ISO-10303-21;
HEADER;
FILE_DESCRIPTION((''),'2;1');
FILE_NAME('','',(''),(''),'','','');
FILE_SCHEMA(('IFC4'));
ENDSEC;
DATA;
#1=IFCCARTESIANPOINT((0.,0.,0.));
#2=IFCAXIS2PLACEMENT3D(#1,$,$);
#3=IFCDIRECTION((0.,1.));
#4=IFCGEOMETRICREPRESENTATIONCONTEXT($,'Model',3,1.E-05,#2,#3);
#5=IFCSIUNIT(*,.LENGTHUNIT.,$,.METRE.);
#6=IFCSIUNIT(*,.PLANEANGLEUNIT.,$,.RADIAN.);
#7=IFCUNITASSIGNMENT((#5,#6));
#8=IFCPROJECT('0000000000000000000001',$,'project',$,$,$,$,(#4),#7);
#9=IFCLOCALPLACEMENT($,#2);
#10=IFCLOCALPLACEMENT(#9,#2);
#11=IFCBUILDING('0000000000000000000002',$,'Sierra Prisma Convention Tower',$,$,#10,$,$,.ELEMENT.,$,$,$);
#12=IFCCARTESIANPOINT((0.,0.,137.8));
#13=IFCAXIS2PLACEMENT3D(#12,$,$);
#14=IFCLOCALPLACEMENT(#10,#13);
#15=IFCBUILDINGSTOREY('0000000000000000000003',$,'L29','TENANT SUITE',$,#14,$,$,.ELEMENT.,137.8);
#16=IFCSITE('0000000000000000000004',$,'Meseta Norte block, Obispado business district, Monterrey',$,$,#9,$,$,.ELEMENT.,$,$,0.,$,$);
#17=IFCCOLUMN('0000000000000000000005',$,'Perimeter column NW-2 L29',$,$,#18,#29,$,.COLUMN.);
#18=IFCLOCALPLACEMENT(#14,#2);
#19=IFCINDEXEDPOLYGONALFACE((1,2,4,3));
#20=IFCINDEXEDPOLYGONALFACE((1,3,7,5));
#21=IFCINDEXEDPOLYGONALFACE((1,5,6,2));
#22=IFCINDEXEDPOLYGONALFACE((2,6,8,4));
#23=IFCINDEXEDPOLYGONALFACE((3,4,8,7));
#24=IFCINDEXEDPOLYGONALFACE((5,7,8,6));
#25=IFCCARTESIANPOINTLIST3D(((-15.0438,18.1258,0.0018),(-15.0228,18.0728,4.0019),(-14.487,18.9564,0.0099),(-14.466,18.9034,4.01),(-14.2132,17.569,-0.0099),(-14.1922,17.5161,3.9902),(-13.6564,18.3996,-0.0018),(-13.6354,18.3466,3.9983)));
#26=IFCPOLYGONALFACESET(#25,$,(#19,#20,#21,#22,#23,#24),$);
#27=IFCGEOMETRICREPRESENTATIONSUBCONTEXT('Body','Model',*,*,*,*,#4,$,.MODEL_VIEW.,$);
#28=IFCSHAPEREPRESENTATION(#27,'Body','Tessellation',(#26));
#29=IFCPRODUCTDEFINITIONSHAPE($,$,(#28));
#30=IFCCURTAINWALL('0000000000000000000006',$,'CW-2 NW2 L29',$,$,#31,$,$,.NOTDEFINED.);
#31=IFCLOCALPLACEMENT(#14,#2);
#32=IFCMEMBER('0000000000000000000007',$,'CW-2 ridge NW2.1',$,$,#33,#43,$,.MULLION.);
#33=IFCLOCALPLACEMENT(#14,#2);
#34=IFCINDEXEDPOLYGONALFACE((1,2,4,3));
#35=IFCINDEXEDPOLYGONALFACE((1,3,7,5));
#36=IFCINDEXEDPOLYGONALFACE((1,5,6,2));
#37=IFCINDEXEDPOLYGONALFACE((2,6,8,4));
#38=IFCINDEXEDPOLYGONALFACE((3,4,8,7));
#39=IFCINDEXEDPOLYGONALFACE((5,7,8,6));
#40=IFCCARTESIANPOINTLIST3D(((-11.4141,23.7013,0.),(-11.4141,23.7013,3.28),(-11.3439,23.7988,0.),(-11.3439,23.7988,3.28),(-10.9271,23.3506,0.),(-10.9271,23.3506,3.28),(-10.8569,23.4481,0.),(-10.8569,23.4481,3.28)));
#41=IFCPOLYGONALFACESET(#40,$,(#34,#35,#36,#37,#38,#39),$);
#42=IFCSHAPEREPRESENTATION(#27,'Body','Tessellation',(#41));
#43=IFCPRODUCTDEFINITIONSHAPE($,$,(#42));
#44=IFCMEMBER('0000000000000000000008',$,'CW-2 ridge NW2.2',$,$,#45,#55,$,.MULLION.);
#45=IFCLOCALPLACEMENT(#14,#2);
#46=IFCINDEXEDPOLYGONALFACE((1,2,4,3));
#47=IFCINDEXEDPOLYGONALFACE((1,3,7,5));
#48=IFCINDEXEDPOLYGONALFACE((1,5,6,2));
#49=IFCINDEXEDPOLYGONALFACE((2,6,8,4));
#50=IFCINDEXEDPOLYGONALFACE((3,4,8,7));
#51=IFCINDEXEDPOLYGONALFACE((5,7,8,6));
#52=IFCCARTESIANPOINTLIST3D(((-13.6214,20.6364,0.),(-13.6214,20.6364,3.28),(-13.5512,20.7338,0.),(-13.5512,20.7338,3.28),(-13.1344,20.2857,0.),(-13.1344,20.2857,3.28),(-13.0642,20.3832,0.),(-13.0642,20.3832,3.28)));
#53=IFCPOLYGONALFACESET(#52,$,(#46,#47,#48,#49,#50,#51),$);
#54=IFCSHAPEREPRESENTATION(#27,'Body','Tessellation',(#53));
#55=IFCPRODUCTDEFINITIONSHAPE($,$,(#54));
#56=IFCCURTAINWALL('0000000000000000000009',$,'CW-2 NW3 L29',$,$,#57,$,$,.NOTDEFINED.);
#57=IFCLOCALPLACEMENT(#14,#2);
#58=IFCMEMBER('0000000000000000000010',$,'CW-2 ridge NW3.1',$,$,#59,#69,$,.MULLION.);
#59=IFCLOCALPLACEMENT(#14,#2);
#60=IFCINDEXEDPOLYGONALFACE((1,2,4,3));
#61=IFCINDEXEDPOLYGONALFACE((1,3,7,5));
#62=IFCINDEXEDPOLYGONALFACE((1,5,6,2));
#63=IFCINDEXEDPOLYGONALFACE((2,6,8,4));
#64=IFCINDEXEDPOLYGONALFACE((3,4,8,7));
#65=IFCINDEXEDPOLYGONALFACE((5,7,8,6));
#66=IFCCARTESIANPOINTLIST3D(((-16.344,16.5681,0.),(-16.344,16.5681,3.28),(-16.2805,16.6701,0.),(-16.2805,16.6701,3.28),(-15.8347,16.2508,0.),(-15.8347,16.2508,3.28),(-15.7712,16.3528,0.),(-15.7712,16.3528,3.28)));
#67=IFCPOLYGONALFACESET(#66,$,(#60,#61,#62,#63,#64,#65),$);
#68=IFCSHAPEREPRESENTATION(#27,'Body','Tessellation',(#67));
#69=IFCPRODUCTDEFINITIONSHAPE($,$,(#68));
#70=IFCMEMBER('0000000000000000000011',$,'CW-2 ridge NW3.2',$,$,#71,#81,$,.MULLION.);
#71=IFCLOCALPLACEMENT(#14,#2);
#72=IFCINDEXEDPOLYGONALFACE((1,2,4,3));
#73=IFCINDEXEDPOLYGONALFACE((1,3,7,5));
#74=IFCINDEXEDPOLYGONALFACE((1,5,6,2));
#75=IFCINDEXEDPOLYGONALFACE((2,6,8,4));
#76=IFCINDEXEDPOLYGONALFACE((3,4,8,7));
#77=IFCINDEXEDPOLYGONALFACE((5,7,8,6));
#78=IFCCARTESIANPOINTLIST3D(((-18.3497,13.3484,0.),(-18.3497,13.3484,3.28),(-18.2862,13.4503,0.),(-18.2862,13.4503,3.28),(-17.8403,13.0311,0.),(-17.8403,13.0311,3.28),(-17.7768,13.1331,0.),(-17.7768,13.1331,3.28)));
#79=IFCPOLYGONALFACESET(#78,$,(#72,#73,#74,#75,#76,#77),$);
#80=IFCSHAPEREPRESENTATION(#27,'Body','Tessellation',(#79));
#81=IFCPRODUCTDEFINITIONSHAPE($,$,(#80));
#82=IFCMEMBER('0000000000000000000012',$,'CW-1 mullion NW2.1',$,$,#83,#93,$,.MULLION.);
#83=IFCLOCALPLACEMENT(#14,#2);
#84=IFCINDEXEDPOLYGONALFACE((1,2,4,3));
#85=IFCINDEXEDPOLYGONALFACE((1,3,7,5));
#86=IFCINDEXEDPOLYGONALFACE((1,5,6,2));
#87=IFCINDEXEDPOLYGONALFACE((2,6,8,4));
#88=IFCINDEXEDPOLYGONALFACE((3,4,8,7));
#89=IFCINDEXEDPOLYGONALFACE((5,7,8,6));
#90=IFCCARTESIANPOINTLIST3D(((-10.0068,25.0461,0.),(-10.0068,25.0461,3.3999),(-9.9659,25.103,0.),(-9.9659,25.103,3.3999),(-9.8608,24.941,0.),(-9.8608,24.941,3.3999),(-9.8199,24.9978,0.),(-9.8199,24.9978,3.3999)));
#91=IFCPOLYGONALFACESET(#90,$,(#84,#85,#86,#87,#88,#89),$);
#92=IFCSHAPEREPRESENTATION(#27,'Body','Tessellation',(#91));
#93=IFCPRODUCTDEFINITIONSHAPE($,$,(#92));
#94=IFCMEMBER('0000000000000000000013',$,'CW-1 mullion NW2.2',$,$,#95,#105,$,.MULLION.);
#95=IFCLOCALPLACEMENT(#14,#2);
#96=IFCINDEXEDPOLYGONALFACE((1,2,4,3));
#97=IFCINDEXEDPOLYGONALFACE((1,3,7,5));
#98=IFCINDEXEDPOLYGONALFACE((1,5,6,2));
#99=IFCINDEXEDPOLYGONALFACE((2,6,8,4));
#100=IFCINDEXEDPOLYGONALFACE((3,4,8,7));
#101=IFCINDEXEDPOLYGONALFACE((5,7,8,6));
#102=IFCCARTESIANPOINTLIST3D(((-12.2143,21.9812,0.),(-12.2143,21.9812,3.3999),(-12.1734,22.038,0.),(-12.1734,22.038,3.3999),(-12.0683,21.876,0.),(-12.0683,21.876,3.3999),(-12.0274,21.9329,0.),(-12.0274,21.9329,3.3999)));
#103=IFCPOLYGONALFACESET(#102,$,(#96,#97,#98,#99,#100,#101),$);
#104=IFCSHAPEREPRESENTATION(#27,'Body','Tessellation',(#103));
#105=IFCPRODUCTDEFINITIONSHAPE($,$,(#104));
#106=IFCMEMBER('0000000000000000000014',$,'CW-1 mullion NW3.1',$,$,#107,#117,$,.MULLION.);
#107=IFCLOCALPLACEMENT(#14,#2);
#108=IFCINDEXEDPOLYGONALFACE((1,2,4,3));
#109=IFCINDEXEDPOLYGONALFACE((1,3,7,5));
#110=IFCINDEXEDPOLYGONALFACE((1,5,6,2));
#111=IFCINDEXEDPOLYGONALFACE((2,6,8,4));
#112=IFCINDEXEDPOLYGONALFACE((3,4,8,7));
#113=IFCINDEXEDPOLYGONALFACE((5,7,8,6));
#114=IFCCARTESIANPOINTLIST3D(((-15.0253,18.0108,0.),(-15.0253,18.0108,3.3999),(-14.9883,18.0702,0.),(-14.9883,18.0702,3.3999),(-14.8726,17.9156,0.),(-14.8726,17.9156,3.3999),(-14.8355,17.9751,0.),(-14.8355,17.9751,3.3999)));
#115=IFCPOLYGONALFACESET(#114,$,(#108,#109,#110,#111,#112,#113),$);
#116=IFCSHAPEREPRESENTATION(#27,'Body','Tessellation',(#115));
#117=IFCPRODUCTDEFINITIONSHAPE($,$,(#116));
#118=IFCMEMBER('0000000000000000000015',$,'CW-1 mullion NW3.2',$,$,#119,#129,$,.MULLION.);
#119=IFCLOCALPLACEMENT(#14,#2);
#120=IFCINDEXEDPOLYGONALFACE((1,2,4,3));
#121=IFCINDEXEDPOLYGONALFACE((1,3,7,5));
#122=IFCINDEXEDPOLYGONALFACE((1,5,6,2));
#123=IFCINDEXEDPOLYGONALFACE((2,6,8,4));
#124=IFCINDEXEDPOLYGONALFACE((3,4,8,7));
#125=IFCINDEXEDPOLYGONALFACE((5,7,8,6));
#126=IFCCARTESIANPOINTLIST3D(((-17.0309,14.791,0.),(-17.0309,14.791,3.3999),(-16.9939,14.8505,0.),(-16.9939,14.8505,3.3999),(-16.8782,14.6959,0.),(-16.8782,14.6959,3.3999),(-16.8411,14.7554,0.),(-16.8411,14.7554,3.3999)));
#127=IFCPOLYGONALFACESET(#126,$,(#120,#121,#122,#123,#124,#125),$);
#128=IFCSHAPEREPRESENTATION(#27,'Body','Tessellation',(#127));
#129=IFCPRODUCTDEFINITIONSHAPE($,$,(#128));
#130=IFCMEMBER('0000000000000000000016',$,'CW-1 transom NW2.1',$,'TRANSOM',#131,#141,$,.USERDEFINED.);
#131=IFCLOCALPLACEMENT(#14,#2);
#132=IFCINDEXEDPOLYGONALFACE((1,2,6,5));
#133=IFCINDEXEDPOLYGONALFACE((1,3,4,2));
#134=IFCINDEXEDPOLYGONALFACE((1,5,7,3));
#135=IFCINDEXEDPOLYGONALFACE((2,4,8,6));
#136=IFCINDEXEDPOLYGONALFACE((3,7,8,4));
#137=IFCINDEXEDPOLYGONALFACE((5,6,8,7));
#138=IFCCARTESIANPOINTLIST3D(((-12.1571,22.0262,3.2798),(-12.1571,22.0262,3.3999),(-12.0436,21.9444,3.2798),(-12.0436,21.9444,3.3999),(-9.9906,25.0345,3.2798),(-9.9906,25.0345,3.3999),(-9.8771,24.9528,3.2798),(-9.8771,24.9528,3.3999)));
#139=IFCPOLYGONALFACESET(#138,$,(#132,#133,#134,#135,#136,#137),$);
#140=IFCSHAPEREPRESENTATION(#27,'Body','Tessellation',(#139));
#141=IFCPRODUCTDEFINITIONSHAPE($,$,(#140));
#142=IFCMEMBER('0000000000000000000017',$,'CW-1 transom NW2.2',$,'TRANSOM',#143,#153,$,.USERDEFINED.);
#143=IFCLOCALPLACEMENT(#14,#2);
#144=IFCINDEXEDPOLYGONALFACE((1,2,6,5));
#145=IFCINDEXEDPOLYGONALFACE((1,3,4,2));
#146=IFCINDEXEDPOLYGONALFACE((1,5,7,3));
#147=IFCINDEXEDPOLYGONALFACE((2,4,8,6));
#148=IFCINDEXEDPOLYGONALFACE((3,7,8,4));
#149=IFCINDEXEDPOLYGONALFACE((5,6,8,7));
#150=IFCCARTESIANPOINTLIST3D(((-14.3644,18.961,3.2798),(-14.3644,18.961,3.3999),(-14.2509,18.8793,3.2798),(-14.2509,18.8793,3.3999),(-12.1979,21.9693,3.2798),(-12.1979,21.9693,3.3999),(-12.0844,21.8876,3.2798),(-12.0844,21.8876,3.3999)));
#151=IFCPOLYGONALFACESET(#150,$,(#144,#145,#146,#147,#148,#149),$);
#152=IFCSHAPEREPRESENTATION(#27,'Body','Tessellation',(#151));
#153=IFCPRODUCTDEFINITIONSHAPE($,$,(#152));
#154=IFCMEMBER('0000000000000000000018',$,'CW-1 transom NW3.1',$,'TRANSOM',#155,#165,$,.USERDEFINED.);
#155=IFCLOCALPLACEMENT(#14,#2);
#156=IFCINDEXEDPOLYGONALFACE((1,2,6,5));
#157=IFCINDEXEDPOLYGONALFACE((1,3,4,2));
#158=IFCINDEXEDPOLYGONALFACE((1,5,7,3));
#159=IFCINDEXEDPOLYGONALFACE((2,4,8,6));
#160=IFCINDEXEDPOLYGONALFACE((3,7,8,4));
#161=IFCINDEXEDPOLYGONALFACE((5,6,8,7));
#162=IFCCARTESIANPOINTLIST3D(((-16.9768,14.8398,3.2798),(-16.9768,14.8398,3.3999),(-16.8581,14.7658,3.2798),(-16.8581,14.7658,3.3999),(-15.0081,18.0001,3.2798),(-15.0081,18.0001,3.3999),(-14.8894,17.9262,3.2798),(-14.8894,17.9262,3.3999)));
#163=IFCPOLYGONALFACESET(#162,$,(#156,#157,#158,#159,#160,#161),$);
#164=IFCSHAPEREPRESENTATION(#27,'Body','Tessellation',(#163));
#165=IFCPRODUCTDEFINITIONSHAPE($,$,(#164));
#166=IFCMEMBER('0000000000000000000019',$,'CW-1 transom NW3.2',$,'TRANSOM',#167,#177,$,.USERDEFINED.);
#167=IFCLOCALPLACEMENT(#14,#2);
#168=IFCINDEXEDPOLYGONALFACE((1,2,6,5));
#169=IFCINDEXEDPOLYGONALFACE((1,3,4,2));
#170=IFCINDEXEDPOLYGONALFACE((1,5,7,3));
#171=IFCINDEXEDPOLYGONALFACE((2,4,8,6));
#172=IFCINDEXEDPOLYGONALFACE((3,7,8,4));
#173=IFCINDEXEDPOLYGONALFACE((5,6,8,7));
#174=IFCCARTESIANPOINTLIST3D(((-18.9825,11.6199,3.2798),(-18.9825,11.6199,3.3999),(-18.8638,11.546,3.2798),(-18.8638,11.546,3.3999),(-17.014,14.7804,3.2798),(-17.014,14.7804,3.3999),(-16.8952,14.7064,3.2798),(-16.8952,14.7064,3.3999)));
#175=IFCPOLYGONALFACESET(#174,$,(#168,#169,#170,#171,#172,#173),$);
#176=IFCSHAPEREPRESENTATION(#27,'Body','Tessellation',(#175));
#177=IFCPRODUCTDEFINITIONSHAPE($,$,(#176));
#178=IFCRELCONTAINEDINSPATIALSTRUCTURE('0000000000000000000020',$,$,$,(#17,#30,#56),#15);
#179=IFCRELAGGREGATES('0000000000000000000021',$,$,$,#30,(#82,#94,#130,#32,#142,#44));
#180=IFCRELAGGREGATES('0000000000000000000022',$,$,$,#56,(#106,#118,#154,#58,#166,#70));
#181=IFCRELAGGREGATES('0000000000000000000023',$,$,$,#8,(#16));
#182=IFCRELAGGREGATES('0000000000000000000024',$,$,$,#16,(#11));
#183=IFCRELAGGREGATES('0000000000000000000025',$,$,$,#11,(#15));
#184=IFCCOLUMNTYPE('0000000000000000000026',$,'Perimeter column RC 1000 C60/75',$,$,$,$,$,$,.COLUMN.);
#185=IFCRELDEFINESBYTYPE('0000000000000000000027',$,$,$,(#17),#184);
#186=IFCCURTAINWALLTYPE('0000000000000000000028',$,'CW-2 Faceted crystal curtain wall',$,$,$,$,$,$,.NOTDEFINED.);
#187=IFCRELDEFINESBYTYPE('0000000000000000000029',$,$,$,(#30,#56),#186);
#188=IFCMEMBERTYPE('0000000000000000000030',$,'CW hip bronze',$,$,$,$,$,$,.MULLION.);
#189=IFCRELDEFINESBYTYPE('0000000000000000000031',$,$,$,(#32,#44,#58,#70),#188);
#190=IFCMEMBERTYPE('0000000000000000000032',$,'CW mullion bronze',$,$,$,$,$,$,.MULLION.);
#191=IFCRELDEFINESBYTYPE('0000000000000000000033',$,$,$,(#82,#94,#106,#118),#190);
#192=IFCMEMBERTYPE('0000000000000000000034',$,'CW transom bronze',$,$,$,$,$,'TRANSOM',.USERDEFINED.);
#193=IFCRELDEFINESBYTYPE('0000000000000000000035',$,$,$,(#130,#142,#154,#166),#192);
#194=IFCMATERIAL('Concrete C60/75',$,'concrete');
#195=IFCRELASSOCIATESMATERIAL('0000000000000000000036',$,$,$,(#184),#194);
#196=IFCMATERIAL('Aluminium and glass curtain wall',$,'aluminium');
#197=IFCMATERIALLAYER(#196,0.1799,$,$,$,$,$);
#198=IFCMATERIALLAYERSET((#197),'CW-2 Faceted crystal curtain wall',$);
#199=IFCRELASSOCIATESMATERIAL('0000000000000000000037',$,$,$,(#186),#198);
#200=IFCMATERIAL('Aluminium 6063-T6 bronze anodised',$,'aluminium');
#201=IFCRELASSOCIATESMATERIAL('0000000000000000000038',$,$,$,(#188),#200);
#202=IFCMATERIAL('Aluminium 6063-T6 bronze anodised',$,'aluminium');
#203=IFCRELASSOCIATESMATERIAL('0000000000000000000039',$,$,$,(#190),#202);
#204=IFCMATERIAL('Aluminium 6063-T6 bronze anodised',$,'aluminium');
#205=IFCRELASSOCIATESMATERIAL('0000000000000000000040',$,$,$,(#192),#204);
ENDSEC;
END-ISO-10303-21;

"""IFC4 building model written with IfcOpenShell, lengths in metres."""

from ifc_helpers import new_model, si_unit, direction, frame, origin, origin_2d, place, context, subcontext, project, spatial, rectangle, extrude, material, layer, layer_set, material_profile, profile_set, type_object, element, aggregate, save


model = new_model("IFC4")

# Units and contexts
model_context = context("Model", 3, precision=1e-05, world=origin(), true_north=direction((0.0, 1.0)))
body_context = subcontext(model_context, "Body", "Model", "MODEL_VIEW")
ifc_project = project(units=[si_unit("LENGTHUNIT", "METRE"), si_unit("PLANEANGLEUNIT", "RADIAN")], contexts=[model_context])

# Site, building, storey
site_placement = place(None, origin())
site = spatial("IfcSite", under=ifc_project, at=site_placement, Name="Meseta Norte block, Obispado business district, Monterrey", CompositionType="ELEMENT", RefElevation=0.0)
building_placement = place(site_placement, origin())
building = spatial("IfcBuilding", under=site, at=building_placement, Name="Sierra Prisma Convention Tower", CompositionType="ELEMENT")
storey_placement = place(building_placement, frame((0.0, 0.0, 137.8)))
storey = spatial("IfcBuildingStorey", under=building, at=storey_placement, Name="L29", Description="TENANT SUITE", CompositionType="ELEMENT", Elevation=137.8)

# Column
ifc_material_1 = material(Name="Concrete C60/75", Category="concrete")
ifc_material_profile_1 = material_profile(ifc_material_1, rectangle(XDim=1.0, YDim=1.0, at=origin_2d()), Name="Perimeter column RC 1000 C60/75")
ifc_profile_set_1 = profile_set([ifc_material_profile_1], Name="Concrete C60/75")
column_type = type_object("IfcColumnType", Name="Perimeter column RC 1000 C60/75", PredefinedType="COLUMN", material=ifc_profile_set_1)
column_placement = place(storey_placement, frame((-14.3501, 18.2627, 0.0), z_axis=(0.005248, -0.013243, 0.999899), x_axis=(0.556866, 0.830563, 0.008077)))
element("IfcColumn", 1, at=column_placement, inside=storey, type_object=column_type, Name="Perimeter column NW-2 L29", PredefinedType="COLUMN", context=body_context, shape_type="SweptSolid", body=[
    extrude(rectangle(XDim=1.0, YDim=1.0, at=origin_2d()), origin(), (0.0, 0.0, 1.0), 4.0005),
])

# Curtain walls, members
ifc_material_2 = material(Name="Aluminium and glass curtain wall", Category="aluminium")
ifc_layer_1 = layer(ifc_material_2, 0.1799)
ifc_layer_set_1 = layer_set([ifc_layer_1], Name="CW-2 Faceted crystal curtain wall")
curtain_wall_type = type_object("IfcCurtainWallType", Name="CW-2 Faceted crystal curtain wall", PredefinedType="NOTDEFINED", material=ifc_layer_set_1)
curtain_wall_1_placement = place(storey_placement, origin())
curtain_wall_1 = element("IfcCurtainWall", 2, at=curtain_wall_1_placement, inside=storey, type_object=curtain_wall_type, Name="CW-2 NW2 L29", PredefinedType="NOTDEFINED")
ifc_material_3 = material(Name="Aluminium 6063-T6 bronze anodised", Category="aluminium")
ifc_material_profile_2 = material_profile(ifc_material_3, rectangle(XDim=0.1201, YDim=0.6001, at=origin_2d()), Name="ALU RIDGE BLADE 120x600")
ifc_profile_set_2 = profile_set([ifc_material_profile_2], Name="Aluminium 6063-T6 bronze anodised")
member_type_1 = type_object("IfcMemberType", Name="CW hip bronze", PredefinedType="MULLION", material=ifc_profile_set_2)
member_1_placement = place(storey_placement, frame((-11.1355, 23.5747, 0.0), z_axis=(0.0, 0.0, 1.0), x_axis=(-0.584389, -0.811474, 0.0)))
member_1 = element("IfcMember", 3, at=member_1_placement, type_object=member_type_1, Name="CW-2 ridge NW2.1", PredefinedType="MULLION", context=body_context, shape_type="SweptSolid", body=[
    extrude(rectangle(XDim=0.1201, YDim=0.6001, at=origin_2d()), origin(), (0.0, 0.0, 1.0), 3.28),
])
member_2_placement = place(storey_placement, frame((-13.3428, 20.5098, 0.0), z_axis=(0.0, 0.0, 1.0), x_axis=(-0.584389, -0.811474, 0.0)))
member_2 = element("IfcMember", 4, at=member_2_placement, type_object=member_type_1, Name="CW-2 ridge NW2.2", PredefinedType="MULLION", context=body_context, shape_type="SweptSolid", body=[
    extrude(rectangle(XDim=0.1201, YDim=0.6001, at=origin_2d()), origin(), (0.0, 0.0, 1.0), 3.28),
])
curtain_wall_2_placement = place(storey_placement, origin())
curtain_wall_2 = element("IfcCurtainWall", 5, at=curtain_wall_2_placement, inside=storey, type_object=curtain_wall_type, Name="CW-2 NW3 L29", PredefinedType="NOTDEFINED")
member_3_placement = place(storey_placement, frame((-16.0576, 16.4604, 0.0), z_axis=(0.0, 0.0, 1.0), x_axis=(-0.528734, -0.848788, 0.0)))
member_3 = element("IfcMember", 6, at=member_3_placement, type_object=member_type_1, Name="CW-2 ridge NW3.1", PredefinedType="MULLION", context=body_context, shape_type="SweptSolid", body=[
    extrude(rectangle(XDim=0.1201, YDim=0.6001, at=origin_2d()), origin(), (0.0, 0.0, 1.0), 3.28),
])
member_4_placement = place(storey_placement, frame((-18.0632, 13.2407, 0.0), z_axis=(0.0, 0.0, 1.0), x_axis=(-0.528734, -0.848788, 0.0)))
member_4 = element("IfcMember", 7, at=member_4_placement, type_object=member_type_1, Name="CW-2 ridge NW3.2", PredefinedType="MULLION", context=body_context, shape_type="SweptSolid", body=[
    extrude(rectangle(XDim=0.1201, YDim=0.6001, at=origin_2d()), origin(), (0.0, 0.0, 1.0), 3.28),
])

# Members
ifc_material_4 = material(Name="Aluminium 6063-T6 bronze anodised", Category="aluminium")
ifc_material_profile_3 = material_profile(ifc_material_4, rectangle(XDim=0.1799, YDim=0.0701, at=origin_2d()), Name="ALU MULLION 70x180")
ifc_profile_set_3 = profile_set([ifc_material_profile_3], Name="Aluminium 6063-T6 bronze anodised")
member_type_2 = type_object("IfcMemberType", Name="CW mullion bronze", PredefinedType="MULLION", material=ifc_profile_set_3)
member_5_placement = place(storey_placement, frame((-9.9133, 25.022, 0.0), z_axis=(0.0, 0.0, 1.0), x_axis=(0.811474, -0.584389, 0.0)))
member_5 = element("IfcMember", 8, at=member_5_placement, type_object=member_type_2, Name="CW-1 mullion NW2.1", PredefinedType="MULLION", context=body_context, shape_type="SweptSolid", body=[
    extrude(rectangle(XDim=0.1799, YDim=0.0701, at=origin_2d()), origin(), (0.0, 0.0, 1.0), 3.3999),
])
member_6_placement = place(storey_placement, frame((-12.1208, 21.957, 0.0), z_axis=(0.0, 0.0, 1.0), x_axis=(0.811474, -0.584389, 0.0)))
member_6 = element("IfcMember", 9, at=member_6_placement, type_object=member_type_2, Name="CW-1 mullion NW2.2", PredefinedType="MULLION", context=body_context, shape_type="SweptSolid", body=[
    extrude(rectangle(XDim=0.1799, YDim=0.0701, at=origin_2d()), origin(), (0.0, 0.0, 1.0), 3.3999),
])
member_7_placement = place(storey_placement, frame((-14.9304, 17.9929, 0.0), z_axis=(0.0, 0.0, 1.0), x_axis=(0.848788, -0.528734, 0.0)))
member_7 = element("IfcMember", 10, at=member_7_placement, type_object=member_type_2, Name="CW-1 mullion NW3.1", PredefinedType="MULLION", context=body_context, shape_type="SweptSolid", body=[
    extrude(rectangle(XDim=0.1799, YDim=0.0701, at=origin_2d()), origin(), (0.0, 0.0, 1.0), 3.3999),
])
member_8_placement = place(storey_placement, frame((-16.936, 14.7732, 0.0), z_axis=(0.0, 0.0, 1.0), x_axis=(0.848788, -0.528734, 0.0)))
member_8 = element("IfcMember", 11, at=member_8_placement, type_object=member_type_2, Name="CW-1 mullion NW3.2", PredefinedType="MULLION", context=body_context, shape_type="SweptSolid", body=[
    extrude(rectangle(XDim=0.1799, YDim=0.0701, at=origin_2d()), origin(), (0.0, 0.0, 1.0), 3.3999),
])
ifc_material_5 = material(Name="Aluminium 6063-T6 bronze anodised", Category="aluminium")
ifc_material_profile_4 = material_profile(ifc_material_5, rectangle(XDim=0.1399, YDim=0.1201, at=origin_2d()), Name="ALU TRANSOM 120x140")
ifc_profile_set_4 = profile_set([ifc_material_profile_4], Name="Aluminium 6063-T6 bronze anodised")
member_type_3 = type_object("IfcMemberType", Name="CW transom bronze", ElementType="TRANSOM", PredefinedType="USERDEFINED", material=ifc_profile_set_4)
member_9_placement = place(storey_placement, frame((-9.9338, 24.9937, 3.3398), z_axis=(-0.584398, -0.811467, 0.0), x_axis=(0.811467, -0.584398, 0.0)))
member_9 = element("IfcMember", 12, at=member_9_placement, type_object=member_type_3, Name="CW-1 transom NW2.1", ObjectType="TRANSOM", PredefinedType="USERDEFINED", context=body_context, shape_type="SweptSolid", body=[
    extrude(rectangle(XDim=0.1399, YDim=0.1201, at=origin_2d()), origin(), (0.0, 0.0, 1.0), 3.7073),
])
member_10_placement = place(storey_placement, frame((-12.1411, 21.9285, 3.3398), z_axis=(-0.584398, -0.811467, 0.0), x_axis=(0.811467, -0.584398, 0.0)))
member_10 = element("IfcMember", 13, at=member_10_placement, type_object=member_type_3, Name="CW-1 transom NW2.2", ObjectType="TRANSOM", PredefinedType="USERDEFINED", context=body_context, shape_type="SweptSolid", body=[
    extrude(rectangle(XDim=0.1399, YDim=0.1201, at=origin_2d()), origin(), (0.0, 0.0, 1.0), 3.7073),
])
member_11_placement = place(storey_placement, frame((-14.9487, 17.9631, 3.3398), z_axis=(-0.528743, -0.848782, 0.0), x_axis=(0.848782, -0.528743, 0.0)))
member_11 = element("IfcMember", 14, at=member_11_placement, type_object=member_type_3, Name="CW-1 transom NW3.1", ObjectType="TRANSOM", PredefinedType="USERDEFINED", context=body_context, shape_type="SweptSolid", body=[
    extrude(rectangle(XDim=0.1399, YDim=0.1201, at=origin_2d()), origin(), (0.0, 0.0, 1.0), 3.7234),
])
member_12_placement = place(storey_placement, frame((-16.9546, 14.7434, 3.3398), z_axis=(-0.528696, -0.848811, 0.0), x_axis=(0.848811, -0.528696, 0.0)))
member_12 = element("IfcMember", 15, at=member_12_placement, type_object=member_type_3, Name="CW-1 transom NW3.2", ObjectType="TRANSOM", PredefinedType="USERDEFINED", context=body_context, shape_type="SweptSolid", body=[
    extrude(rectangle(XDim=0.1399, YDim=0.1201, at=origin_2d()), origin(), (0.0, 0.0, 1.0), 3.7234),
])

aggregate(curtain_wall_1, [member_5, member_6, member_9, member_1, member_10, member_2])
aggregate(curtain_wall_2, [member_7, member_8, member_11, member_3, member_12, member_4])

save(model, "model.ifc")
